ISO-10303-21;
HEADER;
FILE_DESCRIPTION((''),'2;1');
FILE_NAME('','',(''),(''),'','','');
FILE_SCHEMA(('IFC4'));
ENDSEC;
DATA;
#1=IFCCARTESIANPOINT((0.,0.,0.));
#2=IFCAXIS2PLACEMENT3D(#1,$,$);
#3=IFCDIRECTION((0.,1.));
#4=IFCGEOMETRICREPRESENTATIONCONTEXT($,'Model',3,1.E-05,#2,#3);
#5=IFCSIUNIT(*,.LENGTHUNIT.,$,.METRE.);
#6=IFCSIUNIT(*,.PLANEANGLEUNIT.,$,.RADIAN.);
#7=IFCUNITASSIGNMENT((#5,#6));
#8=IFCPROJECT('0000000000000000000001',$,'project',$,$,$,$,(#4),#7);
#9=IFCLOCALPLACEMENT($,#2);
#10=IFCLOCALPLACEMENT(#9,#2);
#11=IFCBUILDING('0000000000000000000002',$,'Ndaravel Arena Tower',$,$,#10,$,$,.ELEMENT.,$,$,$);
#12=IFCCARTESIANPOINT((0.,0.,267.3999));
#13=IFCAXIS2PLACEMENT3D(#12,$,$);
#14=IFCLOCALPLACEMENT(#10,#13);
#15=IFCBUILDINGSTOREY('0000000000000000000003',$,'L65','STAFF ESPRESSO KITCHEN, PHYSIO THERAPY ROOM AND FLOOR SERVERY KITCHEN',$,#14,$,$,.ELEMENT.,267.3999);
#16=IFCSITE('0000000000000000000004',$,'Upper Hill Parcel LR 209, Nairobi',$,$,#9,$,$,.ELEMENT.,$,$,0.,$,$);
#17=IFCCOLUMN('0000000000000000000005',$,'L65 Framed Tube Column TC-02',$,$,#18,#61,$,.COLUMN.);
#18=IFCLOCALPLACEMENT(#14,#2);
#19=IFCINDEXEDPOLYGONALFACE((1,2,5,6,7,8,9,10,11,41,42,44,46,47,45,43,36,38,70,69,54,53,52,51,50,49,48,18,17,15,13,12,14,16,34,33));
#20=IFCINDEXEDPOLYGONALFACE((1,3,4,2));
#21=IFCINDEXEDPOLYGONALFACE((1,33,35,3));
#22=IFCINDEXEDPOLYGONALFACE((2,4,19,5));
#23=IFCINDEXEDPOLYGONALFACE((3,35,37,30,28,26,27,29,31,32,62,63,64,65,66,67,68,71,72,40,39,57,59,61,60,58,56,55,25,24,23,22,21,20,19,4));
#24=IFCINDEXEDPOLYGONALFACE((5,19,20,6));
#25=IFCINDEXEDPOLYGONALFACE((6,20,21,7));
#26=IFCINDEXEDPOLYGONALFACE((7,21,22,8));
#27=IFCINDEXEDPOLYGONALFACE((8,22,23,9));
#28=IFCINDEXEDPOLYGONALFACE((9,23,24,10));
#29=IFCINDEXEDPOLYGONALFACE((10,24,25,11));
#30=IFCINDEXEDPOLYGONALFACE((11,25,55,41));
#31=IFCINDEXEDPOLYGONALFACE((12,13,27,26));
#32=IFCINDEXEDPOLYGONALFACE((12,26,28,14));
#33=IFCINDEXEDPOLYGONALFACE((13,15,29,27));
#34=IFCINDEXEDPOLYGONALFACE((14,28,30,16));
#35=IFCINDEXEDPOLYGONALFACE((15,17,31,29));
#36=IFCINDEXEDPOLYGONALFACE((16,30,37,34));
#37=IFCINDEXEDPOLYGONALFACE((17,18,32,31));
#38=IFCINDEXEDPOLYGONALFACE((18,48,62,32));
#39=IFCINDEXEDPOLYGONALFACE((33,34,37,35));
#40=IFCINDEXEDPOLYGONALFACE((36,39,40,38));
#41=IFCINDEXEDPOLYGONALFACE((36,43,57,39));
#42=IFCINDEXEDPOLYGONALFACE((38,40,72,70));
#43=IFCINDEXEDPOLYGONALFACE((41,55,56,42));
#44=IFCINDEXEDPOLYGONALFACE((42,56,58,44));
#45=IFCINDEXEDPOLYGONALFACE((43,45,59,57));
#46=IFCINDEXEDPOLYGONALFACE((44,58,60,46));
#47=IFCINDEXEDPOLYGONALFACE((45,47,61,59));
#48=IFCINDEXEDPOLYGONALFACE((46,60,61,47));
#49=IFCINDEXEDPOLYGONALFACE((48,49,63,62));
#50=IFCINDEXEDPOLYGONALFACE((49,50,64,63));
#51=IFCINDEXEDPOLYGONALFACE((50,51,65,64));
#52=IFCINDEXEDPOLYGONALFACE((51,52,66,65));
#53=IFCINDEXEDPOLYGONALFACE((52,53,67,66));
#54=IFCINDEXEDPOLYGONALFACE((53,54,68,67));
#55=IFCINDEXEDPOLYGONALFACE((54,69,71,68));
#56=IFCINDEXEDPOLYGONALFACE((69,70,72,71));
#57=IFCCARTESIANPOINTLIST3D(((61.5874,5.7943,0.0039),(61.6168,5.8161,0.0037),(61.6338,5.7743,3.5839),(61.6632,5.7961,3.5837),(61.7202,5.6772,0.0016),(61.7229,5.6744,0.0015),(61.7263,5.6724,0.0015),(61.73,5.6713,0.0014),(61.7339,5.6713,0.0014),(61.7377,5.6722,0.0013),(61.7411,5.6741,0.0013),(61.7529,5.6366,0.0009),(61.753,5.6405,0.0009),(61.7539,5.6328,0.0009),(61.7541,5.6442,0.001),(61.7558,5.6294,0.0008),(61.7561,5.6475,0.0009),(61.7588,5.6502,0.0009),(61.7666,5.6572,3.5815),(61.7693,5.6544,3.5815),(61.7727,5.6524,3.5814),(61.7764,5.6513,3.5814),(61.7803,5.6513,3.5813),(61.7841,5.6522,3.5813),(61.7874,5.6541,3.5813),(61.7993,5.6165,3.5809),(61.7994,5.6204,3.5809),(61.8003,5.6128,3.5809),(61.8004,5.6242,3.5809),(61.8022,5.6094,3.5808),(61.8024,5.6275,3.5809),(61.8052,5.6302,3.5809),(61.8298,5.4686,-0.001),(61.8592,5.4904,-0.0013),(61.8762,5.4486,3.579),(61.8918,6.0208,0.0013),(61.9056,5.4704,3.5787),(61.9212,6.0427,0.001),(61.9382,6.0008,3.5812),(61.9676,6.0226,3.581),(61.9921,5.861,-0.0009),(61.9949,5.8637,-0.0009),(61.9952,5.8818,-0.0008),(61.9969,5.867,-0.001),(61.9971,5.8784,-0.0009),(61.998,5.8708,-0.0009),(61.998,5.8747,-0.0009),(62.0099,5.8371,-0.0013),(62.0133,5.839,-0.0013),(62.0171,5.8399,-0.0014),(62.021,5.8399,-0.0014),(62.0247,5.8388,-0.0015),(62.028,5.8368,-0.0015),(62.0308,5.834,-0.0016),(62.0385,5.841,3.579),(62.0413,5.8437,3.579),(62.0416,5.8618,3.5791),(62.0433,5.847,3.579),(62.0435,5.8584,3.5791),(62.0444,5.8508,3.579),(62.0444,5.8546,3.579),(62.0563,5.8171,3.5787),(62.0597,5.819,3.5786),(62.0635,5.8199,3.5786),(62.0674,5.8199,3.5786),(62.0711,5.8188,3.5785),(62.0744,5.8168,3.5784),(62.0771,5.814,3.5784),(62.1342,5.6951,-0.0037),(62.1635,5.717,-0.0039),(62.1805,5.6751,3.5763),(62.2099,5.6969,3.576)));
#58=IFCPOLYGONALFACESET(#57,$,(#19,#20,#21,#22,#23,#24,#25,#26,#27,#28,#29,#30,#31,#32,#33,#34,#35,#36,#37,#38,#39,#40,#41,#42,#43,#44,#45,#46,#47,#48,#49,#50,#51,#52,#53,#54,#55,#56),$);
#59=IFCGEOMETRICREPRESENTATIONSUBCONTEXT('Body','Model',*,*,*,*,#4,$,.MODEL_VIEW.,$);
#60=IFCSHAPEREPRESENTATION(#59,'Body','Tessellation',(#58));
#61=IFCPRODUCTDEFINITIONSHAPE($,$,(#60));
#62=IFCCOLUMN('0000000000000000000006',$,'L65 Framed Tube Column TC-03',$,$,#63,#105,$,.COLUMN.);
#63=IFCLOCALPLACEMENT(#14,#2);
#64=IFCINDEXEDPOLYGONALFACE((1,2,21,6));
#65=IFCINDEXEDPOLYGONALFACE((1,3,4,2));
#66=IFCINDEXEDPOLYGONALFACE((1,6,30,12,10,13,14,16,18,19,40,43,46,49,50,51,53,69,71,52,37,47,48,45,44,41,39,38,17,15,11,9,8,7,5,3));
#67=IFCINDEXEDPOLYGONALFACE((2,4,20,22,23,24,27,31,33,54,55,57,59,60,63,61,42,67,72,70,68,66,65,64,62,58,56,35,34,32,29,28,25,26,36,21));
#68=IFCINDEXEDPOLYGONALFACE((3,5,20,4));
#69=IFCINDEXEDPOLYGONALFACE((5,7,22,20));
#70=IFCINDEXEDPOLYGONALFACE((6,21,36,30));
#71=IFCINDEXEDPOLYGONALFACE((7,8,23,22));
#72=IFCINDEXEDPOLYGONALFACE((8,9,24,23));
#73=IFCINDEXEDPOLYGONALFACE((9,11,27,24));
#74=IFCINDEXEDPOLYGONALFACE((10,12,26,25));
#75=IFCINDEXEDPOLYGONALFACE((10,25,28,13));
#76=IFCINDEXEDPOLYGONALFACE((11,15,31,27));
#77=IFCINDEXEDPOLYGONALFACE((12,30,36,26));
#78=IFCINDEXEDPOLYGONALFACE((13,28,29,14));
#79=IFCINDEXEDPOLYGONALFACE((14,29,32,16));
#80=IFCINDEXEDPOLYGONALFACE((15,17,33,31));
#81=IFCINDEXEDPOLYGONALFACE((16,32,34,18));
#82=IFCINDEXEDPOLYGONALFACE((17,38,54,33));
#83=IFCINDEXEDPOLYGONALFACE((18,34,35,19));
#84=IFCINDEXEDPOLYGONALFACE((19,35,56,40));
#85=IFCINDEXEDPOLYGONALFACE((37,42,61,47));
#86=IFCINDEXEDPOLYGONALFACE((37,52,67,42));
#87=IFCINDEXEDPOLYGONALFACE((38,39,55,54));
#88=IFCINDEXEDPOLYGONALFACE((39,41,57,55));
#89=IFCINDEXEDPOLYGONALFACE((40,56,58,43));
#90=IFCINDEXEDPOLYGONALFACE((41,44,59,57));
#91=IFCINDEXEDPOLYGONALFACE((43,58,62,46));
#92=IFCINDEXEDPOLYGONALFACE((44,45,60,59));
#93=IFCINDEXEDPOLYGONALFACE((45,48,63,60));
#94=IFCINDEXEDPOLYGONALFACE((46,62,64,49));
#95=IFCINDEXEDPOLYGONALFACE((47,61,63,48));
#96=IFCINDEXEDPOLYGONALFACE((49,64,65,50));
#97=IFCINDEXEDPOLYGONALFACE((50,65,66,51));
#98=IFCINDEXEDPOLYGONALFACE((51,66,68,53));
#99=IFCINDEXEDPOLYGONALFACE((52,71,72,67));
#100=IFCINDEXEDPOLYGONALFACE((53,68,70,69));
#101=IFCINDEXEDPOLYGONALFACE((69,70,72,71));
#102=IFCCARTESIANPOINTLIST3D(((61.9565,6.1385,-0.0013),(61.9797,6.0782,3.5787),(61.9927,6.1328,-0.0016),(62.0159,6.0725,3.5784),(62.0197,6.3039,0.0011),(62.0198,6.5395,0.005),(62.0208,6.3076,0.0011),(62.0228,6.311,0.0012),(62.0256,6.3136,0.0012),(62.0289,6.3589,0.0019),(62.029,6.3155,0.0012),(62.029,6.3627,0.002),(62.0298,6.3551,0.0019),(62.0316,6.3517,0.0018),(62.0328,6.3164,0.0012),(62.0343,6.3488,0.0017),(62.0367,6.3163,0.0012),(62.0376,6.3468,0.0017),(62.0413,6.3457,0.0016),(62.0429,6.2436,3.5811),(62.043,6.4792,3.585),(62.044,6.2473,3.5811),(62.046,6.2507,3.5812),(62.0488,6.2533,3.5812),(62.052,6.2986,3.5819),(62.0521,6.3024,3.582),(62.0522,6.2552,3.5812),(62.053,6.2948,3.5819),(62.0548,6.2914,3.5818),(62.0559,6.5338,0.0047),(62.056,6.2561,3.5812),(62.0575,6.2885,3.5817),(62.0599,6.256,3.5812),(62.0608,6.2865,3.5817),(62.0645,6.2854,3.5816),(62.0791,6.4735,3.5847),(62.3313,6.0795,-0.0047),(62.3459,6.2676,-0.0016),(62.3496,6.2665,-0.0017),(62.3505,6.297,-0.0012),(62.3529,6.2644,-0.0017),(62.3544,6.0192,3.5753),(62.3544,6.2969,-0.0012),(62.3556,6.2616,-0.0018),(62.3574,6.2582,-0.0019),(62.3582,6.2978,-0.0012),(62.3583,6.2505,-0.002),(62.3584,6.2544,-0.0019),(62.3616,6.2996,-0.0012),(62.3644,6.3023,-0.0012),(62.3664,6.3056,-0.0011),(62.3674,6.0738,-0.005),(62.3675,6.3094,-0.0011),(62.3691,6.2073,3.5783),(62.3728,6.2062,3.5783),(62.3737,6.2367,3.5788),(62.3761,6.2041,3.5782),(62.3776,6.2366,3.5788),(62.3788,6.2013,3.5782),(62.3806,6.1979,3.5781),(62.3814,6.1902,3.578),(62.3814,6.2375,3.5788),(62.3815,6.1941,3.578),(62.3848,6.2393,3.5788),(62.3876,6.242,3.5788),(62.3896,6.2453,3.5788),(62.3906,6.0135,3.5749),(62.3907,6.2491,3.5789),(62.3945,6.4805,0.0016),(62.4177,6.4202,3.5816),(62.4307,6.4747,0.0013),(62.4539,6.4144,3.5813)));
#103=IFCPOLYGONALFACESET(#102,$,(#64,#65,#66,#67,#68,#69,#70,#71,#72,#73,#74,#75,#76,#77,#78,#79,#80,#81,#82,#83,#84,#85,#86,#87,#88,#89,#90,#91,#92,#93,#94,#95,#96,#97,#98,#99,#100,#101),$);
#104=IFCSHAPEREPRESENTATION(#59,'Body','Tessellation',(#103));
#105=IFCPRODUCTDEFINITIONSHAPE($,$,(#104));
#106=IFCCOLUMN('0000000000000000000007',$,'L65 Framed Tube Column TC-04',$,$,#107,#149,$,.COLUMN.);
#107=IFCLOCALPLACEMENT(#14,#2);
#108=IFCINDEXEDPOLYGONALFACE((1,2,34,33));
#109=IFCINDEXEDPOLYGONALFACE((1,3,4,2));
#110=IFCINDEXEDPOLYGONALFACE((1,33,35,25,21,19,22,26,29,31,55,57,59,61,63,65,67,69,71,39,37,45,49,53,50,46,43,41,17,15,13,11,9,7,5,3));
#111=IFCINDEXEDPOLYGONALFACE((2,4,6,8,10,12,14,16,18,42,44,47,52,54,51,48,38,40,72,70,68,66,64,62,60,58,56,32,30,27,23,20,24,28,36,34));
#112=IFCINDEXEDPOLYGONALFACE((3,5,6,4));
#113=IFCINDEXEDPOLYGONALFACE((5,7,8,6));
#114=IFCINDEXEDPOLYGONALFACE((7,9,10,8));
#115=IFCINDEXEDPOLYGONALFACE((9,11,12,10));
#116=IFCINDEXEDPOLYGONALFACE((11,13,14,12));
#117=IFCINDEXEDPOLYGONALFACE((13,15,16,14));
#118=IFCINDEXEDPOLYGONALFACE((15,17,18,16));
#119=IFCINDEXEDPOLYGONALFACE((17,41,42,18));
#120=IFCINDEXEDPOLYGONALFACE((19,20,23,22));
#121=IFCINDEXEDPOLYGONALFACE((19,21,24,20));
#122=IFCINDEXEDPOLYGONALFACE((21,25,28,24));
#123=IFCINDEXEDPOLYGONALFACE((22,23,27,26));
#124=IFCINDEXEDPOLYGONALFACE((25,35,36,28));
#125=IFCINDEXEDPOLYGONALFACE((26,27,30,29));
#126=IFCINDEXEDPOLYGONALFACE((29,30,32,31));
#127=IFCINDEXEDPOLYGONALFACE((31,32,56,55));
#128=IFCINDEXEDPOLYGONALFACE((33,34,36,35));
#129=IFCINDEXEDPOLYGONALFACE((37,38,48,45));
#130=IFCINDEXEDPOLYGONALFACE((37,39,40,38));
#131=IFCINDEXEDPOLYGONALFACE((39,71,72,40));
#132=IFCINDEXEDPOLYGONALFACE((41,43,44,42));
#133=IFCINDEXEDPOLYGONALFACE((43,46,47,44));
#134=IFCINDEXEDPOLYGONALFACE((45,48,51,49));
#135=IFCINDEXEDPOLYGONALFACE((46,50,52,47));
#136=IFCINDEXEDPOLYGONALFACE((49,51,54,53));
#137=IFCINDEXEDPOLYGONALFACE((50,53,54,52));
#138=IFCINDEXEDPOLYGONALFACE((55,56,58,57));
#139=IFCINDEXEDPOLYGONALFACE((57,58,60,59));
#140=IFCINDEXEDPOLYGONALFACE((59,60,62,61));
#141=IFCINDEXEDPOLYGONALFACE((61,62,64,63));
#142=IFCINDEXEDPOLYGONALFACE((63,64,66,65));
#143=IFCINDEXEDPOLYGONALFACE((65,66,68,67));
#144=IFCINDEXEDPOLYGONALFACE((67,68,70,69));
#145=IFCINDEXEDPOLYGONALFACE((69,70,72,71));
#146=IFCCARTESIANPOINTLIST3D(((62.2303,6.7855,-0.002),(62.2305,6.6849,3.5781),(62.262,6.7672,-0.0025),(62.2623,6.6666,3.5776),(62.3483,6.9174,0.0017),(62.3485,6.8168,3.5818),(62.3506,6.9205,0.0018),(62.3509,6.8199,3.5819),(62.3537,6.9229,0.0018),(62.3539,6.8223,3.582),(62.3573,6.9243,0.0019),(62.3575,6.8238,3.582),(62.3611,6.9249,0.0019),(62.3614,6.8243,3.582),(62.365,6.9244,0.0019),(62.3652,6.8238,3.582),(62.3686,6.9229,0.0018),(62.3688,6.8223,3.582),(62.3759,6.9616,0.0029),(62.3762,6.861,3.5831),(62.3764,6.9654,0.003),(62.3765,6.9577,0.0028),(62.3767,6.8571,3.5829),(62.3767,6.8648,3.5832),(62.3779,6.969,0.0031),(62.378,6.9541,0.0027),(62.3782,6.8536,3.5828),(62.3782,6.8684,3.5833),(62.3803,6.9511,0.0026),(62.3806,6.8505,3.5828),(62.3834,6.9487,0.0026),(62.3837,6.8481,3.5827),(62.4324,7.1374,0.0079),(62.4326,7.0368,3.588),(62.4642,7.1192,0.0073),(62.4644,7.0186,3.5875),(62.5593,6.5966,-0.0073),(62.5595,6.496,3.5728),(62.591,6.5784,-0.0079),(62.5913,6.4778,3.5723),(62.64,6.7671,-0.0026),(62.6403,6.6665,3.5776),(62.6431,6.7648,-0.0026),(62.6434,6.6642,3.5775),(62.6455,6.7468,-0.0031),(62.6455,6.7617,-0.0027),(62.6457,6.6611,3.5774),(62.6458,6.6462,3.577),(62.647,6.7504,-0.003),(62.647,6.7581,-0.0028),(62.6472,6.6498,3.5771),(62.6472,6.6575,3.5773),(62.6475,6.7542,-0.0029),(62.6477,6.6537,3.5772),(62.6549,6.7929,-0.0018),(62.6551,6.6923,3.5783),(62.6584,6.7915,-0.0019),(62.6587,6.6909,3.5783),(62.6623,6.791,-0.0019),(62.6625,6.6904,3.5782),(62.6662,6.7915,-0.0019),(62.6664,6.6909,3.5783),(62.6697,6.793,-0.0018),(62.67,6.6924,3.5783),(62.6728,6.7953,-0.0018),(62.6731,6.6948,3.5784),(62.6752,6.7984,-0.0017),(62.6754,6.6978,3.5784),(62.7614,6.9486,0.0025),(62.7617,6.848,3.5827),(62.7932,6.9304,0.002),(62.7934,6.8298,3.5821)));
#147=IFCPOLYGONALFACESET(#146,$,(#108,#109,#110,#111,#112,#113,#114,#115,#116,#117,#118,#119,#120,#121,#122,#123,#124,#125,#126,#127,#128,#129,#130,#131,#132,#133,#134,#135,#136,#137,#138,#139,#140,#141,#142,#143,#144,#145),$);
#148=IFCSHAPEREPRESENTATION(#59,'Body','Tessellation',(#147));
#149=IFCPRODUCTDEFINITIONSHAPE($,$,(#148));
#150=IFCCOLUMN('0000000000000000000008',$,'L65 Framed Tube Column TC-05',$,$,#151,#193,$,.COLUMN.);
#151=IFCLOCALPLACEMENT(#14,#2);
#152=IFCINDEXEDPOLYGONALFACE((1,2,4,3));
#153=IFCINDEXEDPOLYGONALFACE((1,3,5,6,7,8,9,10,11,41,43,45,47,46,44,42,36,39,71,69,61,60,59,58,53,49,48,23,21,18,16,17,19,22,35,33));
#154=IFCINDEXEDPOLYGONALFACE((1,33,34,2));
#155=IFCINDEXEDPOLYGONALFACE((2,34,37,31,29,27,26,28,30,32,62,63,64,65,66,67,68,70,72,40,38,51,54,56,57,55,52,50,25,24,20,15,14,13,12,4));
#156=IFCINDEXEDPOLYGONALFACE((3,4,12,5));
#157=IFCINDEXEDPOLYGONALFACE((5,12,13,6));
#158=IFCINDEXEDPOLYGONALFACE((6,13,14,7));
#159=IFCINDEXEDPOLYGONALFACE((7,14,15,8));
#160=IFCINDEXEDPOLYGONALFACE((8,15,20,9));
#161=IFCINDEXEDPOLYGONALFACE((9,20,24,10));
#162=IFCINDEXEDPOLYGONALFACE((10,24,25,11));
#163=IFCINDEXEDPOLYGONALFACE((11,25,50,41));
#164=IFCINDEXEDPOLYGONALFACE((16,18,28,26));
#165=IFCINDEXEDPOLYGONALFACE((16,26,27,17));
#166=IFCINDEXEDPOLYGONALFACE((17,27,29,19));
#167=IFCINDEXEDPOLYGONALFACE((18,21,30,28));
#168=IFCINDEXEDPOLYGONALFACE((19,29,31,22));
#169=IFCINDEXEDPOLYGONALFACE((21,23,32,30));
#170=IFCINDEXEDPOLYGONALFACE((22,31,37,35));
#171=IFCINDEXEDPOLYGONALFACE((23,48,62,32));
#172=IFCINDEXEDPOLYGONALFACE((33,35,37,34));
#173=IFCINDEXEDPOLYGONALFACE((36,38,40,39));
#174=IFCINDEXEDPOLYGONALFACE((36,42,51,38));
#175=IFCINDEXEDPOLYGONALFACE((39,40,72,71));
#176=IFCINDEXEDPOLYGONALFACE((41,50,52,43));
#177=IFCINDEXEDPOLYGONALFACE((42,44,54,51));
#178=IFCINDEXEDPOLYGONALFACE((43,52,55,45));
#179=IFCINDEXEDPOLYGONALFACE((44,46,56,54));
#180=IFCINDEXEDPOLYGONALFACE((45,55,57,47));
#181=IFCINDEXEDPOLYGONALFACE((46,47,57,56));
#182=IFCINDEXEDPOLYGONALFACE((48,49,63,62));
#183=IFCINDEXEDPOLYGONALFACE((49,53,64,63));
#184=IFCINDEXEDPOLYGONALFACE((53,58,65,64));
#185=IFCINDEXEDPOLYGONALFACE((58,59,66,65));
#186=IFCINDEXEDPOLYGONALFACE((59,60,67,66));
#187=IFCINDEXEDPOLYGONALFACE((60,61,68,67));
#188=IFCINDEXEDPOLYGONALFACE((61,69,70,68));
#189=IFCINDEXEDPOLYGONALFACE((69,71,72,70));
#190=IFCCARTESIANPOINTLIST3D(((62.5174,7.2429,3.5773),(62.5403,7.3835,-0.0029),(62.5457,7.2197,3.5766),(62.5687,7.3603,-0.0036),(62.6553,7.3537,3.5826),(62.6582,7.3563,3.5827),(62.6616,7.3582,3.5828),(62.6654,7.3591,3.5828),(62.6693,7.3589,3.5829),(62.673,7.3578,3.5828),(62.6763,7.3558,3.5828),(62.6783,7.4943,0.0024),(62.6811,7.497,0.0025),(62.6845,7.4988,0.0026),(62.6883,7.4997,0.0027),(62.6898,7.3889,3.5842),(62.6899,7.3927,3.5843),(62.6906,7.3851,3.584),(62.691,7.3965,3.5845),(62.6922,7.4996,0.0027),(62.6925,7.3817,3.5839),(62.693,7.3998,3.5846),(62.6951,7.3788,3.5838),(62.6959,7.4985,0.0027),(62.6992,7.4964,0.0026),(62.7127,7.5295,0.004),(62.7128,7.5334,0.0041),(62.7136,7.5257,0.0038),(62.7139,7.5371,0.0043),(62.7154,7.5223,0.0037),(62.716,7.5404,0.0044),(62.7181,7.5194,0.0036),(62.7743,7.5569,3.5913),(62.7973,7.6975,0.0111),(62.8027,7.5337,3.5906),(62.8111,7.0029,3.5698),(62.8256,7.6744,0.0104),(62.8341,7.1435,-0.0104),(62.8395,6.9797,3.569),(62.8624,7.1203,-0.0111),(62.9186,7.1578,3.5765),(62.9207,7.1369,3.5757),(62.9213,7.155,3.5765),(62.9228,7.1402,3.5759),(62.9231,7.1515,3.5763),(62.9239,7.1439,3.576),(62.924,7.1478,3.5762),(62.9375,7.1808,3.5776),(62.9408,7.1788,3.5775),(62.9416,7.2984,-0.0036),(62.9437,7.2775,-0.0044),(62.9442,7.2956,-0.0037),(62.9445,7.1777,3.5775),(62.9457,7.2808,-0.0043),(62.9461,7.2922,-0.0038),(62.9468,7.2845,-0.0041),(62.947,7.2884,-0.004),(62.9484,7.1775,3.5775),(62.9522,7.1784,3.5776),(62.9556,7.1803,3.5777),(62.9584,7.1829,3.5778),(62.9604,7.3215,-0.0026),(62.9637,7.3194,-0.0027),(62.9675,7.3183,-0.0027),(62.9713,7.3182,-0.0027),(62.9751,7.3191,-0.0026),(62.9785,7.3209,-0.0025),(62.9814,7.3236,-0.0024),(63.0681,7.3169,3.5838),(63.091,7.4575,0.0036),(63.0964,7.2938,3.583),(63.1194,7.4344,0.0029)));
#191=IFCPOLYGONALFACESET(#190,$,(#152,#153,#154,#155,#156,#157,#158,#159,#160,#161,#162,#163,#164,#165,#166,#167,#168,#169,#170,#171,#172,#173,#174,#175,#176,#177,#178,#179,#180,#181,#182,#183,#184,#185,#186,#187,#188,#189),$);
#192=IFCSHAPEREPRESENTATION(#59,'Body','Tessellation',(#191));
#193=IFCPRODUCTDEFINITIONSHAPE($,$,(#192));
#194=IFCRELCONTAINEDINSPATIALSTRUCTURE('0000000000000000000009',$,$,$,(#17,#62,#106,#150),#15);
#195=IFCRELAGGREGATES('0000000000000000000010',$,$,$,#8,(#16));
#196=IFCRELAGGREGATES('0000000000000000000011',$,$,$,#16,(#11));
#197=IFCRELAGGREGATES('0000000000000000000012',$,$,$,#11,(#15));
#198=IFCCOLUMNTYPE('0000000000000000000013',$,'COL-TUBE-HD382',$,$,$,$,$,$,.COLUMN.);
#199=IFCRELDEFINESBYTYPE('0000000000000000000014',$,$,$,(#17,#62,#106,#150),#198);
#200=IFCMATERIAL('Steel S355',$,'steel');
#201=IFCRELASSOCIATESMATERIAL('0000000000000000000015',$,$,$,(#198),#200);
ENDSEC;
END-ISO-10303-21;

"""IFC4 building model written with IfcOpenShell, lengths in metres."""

from ifc_helpers import new_model, si_unit, direction, frame, origin, origin_2d, place, context, subcontext, project, spatial, i_section, extrude, material, material_profile, profile_set, type_object, element, save


model = new_model("IFC4")

# Units and contexts
model_context = context("Model", 3, precision=1e-05, world=origin(), true_north=direction((0.0, 1.0)))
body_context = subcontext(model_context, "Body", "Model", "MODEL_VIEW")
ifc_project = project(units=[si_unit("LENGTHUNIT", "METRE"), si_unit("PLANEANGLEUNIT", "RADIAN")], contexts=[model_context])

# Site, building, storey
site_placement = place(None, origin())
site = spatial("IfcSite", under=ifc_project, at=site_placement, Name="Upper Hill Parcel LR 209, Nairobi", CompositionType="ELEMENT", RefElevation=0.0)
building_placement = place(site_placement, origin())
building = spatial("IfcBuilding", under=site, at=building_placement, Name="Ndaravel Arena Tower", CompositionType="ELEMENT")
storey_placement = place(building_placement, frame((0.0, 0.0, 267.3999)))
storey = spatial("IfcBuildingStorey", under=building, at=storey_placement, Name="L65", Description="STAFF ESPRESSO KITCHEN, PHYSIO THERAPY ROOM AND FLOOR SERVERY KITCHEN", CompositionType="ELEMENT", Elevation=267.3999)

# Columns
ifc_material_1 = material(Name="Steel S355", Category="steel")
ifc_material_profile_1 = material_profile(ifc_material_1, i_section(OverallWidth=0.406, OverallDepth=0.416, WebThickness=0.0298, FlangeThickness=0.0366, FilletRadius=0.0149, at=origin_2d()), Name="HD 400x382")
ifc_profile_set_1 = profile_set([ifc_material_profile_1], Name="Steel S355")
column_type = type_object("IfcColumnType", Name="COL-TUBE-HD382", PredefinedType="COLUMN", material=ifc_profile_set_1)
column_1_placement = place(storey_placement, frame((61.8755, 5.7556, 0.0), z_axis=(0.012956, -0.005591, 0.9999), x_axis=(-0.59693, 0.8022, 0.01222)))
element("IfcColumn", 1, at=column_1_placement, inside=storey, type_object=column_type, Name="L65 Framed Tube Column TC-02", PredefinedType="COLUMN", context=body_context, shape_type="SweptSolid", body=[
    extrude(i_section(OverallWidth=0.406, OverallDepth=0.416, WebThickness=0.0298, FlangeThickness=0.0366, FilletRadius=0.0149, at=origin_2d()), origin(), (0.0, 0.0, 1.0), 3.5803),
])
column_2_placement = place(storey_placement, frame((62.1936, 6.3066, 0.0), z_axis=(0.006477, -0.016841, 0.999837), x_axis=(0.155838, 0.987659, 0.015627)))
element("IfcColumn", 2, at=column_2_placement, inside=storey, type_object=column_type, Name="L65 Framed Tube Column TC-03", PredefinedType="COLUMN", context=body_context, shape_type="SweptSolid", body=[
    extrude(i_section(OverallWidth=0.406, OverallDepth=0.416, WebThickness=0.0298, FlangeThickness=0.0366, FilletRadius=0.0149, at=origin_2d()), origin(), (0.0, 0.0, 1.0), 3.5806),
])
column_3_placement = place(storey_placement, frame((62.5117, 6.8579, 0.0), z_axis=(0.000068, -0.028085, 0.999606), x_axis=(0.497897, 0.866895, 0.024322)))
element("IfcColumn", 3, at=column_3_placement, inside=storey, type_object=column_type, Name="L65 Framed Tube Column TC-04", PredefinedType="COLUMN", context=body_context, shape_type="SweptSolid", body=[
    extrude(i_section(OverallWidth=0.406, OverallDepth=0.416, WebThickness=0.0298, FlangeThickness=0.0366, FilletRadius=0.0149, at=origin_2d()), origin(), (0.0, 0.0, 1.0), 3.5815),
])
column_4_placement = place(storey_placement, frame((62.8298, 7.4089, 0.0), z_axis=(-0.006405, -0.039249, 0.999209), x_axis=(0.632847, 0.773511, 0.03444)))
element("IfcColumn", 4, at=column_4_placement, inside=storey, type_object=column_type, Name="L65 Framed Tube Column TC-05", PredefinedType="COLUMN", context=body_context, shape_type="SweptSolid", body=[
    extrude(i_section(OverallWidth=0.406, OverallDepth=0.416, WebThickness=0.0298, FlangeThickness=0.0366, FilletRadius=0.0149, at=origin_2d()), origin(), (0.0, 0.0, 1.0), 3.583),
])

save(model, "model.ifc")
